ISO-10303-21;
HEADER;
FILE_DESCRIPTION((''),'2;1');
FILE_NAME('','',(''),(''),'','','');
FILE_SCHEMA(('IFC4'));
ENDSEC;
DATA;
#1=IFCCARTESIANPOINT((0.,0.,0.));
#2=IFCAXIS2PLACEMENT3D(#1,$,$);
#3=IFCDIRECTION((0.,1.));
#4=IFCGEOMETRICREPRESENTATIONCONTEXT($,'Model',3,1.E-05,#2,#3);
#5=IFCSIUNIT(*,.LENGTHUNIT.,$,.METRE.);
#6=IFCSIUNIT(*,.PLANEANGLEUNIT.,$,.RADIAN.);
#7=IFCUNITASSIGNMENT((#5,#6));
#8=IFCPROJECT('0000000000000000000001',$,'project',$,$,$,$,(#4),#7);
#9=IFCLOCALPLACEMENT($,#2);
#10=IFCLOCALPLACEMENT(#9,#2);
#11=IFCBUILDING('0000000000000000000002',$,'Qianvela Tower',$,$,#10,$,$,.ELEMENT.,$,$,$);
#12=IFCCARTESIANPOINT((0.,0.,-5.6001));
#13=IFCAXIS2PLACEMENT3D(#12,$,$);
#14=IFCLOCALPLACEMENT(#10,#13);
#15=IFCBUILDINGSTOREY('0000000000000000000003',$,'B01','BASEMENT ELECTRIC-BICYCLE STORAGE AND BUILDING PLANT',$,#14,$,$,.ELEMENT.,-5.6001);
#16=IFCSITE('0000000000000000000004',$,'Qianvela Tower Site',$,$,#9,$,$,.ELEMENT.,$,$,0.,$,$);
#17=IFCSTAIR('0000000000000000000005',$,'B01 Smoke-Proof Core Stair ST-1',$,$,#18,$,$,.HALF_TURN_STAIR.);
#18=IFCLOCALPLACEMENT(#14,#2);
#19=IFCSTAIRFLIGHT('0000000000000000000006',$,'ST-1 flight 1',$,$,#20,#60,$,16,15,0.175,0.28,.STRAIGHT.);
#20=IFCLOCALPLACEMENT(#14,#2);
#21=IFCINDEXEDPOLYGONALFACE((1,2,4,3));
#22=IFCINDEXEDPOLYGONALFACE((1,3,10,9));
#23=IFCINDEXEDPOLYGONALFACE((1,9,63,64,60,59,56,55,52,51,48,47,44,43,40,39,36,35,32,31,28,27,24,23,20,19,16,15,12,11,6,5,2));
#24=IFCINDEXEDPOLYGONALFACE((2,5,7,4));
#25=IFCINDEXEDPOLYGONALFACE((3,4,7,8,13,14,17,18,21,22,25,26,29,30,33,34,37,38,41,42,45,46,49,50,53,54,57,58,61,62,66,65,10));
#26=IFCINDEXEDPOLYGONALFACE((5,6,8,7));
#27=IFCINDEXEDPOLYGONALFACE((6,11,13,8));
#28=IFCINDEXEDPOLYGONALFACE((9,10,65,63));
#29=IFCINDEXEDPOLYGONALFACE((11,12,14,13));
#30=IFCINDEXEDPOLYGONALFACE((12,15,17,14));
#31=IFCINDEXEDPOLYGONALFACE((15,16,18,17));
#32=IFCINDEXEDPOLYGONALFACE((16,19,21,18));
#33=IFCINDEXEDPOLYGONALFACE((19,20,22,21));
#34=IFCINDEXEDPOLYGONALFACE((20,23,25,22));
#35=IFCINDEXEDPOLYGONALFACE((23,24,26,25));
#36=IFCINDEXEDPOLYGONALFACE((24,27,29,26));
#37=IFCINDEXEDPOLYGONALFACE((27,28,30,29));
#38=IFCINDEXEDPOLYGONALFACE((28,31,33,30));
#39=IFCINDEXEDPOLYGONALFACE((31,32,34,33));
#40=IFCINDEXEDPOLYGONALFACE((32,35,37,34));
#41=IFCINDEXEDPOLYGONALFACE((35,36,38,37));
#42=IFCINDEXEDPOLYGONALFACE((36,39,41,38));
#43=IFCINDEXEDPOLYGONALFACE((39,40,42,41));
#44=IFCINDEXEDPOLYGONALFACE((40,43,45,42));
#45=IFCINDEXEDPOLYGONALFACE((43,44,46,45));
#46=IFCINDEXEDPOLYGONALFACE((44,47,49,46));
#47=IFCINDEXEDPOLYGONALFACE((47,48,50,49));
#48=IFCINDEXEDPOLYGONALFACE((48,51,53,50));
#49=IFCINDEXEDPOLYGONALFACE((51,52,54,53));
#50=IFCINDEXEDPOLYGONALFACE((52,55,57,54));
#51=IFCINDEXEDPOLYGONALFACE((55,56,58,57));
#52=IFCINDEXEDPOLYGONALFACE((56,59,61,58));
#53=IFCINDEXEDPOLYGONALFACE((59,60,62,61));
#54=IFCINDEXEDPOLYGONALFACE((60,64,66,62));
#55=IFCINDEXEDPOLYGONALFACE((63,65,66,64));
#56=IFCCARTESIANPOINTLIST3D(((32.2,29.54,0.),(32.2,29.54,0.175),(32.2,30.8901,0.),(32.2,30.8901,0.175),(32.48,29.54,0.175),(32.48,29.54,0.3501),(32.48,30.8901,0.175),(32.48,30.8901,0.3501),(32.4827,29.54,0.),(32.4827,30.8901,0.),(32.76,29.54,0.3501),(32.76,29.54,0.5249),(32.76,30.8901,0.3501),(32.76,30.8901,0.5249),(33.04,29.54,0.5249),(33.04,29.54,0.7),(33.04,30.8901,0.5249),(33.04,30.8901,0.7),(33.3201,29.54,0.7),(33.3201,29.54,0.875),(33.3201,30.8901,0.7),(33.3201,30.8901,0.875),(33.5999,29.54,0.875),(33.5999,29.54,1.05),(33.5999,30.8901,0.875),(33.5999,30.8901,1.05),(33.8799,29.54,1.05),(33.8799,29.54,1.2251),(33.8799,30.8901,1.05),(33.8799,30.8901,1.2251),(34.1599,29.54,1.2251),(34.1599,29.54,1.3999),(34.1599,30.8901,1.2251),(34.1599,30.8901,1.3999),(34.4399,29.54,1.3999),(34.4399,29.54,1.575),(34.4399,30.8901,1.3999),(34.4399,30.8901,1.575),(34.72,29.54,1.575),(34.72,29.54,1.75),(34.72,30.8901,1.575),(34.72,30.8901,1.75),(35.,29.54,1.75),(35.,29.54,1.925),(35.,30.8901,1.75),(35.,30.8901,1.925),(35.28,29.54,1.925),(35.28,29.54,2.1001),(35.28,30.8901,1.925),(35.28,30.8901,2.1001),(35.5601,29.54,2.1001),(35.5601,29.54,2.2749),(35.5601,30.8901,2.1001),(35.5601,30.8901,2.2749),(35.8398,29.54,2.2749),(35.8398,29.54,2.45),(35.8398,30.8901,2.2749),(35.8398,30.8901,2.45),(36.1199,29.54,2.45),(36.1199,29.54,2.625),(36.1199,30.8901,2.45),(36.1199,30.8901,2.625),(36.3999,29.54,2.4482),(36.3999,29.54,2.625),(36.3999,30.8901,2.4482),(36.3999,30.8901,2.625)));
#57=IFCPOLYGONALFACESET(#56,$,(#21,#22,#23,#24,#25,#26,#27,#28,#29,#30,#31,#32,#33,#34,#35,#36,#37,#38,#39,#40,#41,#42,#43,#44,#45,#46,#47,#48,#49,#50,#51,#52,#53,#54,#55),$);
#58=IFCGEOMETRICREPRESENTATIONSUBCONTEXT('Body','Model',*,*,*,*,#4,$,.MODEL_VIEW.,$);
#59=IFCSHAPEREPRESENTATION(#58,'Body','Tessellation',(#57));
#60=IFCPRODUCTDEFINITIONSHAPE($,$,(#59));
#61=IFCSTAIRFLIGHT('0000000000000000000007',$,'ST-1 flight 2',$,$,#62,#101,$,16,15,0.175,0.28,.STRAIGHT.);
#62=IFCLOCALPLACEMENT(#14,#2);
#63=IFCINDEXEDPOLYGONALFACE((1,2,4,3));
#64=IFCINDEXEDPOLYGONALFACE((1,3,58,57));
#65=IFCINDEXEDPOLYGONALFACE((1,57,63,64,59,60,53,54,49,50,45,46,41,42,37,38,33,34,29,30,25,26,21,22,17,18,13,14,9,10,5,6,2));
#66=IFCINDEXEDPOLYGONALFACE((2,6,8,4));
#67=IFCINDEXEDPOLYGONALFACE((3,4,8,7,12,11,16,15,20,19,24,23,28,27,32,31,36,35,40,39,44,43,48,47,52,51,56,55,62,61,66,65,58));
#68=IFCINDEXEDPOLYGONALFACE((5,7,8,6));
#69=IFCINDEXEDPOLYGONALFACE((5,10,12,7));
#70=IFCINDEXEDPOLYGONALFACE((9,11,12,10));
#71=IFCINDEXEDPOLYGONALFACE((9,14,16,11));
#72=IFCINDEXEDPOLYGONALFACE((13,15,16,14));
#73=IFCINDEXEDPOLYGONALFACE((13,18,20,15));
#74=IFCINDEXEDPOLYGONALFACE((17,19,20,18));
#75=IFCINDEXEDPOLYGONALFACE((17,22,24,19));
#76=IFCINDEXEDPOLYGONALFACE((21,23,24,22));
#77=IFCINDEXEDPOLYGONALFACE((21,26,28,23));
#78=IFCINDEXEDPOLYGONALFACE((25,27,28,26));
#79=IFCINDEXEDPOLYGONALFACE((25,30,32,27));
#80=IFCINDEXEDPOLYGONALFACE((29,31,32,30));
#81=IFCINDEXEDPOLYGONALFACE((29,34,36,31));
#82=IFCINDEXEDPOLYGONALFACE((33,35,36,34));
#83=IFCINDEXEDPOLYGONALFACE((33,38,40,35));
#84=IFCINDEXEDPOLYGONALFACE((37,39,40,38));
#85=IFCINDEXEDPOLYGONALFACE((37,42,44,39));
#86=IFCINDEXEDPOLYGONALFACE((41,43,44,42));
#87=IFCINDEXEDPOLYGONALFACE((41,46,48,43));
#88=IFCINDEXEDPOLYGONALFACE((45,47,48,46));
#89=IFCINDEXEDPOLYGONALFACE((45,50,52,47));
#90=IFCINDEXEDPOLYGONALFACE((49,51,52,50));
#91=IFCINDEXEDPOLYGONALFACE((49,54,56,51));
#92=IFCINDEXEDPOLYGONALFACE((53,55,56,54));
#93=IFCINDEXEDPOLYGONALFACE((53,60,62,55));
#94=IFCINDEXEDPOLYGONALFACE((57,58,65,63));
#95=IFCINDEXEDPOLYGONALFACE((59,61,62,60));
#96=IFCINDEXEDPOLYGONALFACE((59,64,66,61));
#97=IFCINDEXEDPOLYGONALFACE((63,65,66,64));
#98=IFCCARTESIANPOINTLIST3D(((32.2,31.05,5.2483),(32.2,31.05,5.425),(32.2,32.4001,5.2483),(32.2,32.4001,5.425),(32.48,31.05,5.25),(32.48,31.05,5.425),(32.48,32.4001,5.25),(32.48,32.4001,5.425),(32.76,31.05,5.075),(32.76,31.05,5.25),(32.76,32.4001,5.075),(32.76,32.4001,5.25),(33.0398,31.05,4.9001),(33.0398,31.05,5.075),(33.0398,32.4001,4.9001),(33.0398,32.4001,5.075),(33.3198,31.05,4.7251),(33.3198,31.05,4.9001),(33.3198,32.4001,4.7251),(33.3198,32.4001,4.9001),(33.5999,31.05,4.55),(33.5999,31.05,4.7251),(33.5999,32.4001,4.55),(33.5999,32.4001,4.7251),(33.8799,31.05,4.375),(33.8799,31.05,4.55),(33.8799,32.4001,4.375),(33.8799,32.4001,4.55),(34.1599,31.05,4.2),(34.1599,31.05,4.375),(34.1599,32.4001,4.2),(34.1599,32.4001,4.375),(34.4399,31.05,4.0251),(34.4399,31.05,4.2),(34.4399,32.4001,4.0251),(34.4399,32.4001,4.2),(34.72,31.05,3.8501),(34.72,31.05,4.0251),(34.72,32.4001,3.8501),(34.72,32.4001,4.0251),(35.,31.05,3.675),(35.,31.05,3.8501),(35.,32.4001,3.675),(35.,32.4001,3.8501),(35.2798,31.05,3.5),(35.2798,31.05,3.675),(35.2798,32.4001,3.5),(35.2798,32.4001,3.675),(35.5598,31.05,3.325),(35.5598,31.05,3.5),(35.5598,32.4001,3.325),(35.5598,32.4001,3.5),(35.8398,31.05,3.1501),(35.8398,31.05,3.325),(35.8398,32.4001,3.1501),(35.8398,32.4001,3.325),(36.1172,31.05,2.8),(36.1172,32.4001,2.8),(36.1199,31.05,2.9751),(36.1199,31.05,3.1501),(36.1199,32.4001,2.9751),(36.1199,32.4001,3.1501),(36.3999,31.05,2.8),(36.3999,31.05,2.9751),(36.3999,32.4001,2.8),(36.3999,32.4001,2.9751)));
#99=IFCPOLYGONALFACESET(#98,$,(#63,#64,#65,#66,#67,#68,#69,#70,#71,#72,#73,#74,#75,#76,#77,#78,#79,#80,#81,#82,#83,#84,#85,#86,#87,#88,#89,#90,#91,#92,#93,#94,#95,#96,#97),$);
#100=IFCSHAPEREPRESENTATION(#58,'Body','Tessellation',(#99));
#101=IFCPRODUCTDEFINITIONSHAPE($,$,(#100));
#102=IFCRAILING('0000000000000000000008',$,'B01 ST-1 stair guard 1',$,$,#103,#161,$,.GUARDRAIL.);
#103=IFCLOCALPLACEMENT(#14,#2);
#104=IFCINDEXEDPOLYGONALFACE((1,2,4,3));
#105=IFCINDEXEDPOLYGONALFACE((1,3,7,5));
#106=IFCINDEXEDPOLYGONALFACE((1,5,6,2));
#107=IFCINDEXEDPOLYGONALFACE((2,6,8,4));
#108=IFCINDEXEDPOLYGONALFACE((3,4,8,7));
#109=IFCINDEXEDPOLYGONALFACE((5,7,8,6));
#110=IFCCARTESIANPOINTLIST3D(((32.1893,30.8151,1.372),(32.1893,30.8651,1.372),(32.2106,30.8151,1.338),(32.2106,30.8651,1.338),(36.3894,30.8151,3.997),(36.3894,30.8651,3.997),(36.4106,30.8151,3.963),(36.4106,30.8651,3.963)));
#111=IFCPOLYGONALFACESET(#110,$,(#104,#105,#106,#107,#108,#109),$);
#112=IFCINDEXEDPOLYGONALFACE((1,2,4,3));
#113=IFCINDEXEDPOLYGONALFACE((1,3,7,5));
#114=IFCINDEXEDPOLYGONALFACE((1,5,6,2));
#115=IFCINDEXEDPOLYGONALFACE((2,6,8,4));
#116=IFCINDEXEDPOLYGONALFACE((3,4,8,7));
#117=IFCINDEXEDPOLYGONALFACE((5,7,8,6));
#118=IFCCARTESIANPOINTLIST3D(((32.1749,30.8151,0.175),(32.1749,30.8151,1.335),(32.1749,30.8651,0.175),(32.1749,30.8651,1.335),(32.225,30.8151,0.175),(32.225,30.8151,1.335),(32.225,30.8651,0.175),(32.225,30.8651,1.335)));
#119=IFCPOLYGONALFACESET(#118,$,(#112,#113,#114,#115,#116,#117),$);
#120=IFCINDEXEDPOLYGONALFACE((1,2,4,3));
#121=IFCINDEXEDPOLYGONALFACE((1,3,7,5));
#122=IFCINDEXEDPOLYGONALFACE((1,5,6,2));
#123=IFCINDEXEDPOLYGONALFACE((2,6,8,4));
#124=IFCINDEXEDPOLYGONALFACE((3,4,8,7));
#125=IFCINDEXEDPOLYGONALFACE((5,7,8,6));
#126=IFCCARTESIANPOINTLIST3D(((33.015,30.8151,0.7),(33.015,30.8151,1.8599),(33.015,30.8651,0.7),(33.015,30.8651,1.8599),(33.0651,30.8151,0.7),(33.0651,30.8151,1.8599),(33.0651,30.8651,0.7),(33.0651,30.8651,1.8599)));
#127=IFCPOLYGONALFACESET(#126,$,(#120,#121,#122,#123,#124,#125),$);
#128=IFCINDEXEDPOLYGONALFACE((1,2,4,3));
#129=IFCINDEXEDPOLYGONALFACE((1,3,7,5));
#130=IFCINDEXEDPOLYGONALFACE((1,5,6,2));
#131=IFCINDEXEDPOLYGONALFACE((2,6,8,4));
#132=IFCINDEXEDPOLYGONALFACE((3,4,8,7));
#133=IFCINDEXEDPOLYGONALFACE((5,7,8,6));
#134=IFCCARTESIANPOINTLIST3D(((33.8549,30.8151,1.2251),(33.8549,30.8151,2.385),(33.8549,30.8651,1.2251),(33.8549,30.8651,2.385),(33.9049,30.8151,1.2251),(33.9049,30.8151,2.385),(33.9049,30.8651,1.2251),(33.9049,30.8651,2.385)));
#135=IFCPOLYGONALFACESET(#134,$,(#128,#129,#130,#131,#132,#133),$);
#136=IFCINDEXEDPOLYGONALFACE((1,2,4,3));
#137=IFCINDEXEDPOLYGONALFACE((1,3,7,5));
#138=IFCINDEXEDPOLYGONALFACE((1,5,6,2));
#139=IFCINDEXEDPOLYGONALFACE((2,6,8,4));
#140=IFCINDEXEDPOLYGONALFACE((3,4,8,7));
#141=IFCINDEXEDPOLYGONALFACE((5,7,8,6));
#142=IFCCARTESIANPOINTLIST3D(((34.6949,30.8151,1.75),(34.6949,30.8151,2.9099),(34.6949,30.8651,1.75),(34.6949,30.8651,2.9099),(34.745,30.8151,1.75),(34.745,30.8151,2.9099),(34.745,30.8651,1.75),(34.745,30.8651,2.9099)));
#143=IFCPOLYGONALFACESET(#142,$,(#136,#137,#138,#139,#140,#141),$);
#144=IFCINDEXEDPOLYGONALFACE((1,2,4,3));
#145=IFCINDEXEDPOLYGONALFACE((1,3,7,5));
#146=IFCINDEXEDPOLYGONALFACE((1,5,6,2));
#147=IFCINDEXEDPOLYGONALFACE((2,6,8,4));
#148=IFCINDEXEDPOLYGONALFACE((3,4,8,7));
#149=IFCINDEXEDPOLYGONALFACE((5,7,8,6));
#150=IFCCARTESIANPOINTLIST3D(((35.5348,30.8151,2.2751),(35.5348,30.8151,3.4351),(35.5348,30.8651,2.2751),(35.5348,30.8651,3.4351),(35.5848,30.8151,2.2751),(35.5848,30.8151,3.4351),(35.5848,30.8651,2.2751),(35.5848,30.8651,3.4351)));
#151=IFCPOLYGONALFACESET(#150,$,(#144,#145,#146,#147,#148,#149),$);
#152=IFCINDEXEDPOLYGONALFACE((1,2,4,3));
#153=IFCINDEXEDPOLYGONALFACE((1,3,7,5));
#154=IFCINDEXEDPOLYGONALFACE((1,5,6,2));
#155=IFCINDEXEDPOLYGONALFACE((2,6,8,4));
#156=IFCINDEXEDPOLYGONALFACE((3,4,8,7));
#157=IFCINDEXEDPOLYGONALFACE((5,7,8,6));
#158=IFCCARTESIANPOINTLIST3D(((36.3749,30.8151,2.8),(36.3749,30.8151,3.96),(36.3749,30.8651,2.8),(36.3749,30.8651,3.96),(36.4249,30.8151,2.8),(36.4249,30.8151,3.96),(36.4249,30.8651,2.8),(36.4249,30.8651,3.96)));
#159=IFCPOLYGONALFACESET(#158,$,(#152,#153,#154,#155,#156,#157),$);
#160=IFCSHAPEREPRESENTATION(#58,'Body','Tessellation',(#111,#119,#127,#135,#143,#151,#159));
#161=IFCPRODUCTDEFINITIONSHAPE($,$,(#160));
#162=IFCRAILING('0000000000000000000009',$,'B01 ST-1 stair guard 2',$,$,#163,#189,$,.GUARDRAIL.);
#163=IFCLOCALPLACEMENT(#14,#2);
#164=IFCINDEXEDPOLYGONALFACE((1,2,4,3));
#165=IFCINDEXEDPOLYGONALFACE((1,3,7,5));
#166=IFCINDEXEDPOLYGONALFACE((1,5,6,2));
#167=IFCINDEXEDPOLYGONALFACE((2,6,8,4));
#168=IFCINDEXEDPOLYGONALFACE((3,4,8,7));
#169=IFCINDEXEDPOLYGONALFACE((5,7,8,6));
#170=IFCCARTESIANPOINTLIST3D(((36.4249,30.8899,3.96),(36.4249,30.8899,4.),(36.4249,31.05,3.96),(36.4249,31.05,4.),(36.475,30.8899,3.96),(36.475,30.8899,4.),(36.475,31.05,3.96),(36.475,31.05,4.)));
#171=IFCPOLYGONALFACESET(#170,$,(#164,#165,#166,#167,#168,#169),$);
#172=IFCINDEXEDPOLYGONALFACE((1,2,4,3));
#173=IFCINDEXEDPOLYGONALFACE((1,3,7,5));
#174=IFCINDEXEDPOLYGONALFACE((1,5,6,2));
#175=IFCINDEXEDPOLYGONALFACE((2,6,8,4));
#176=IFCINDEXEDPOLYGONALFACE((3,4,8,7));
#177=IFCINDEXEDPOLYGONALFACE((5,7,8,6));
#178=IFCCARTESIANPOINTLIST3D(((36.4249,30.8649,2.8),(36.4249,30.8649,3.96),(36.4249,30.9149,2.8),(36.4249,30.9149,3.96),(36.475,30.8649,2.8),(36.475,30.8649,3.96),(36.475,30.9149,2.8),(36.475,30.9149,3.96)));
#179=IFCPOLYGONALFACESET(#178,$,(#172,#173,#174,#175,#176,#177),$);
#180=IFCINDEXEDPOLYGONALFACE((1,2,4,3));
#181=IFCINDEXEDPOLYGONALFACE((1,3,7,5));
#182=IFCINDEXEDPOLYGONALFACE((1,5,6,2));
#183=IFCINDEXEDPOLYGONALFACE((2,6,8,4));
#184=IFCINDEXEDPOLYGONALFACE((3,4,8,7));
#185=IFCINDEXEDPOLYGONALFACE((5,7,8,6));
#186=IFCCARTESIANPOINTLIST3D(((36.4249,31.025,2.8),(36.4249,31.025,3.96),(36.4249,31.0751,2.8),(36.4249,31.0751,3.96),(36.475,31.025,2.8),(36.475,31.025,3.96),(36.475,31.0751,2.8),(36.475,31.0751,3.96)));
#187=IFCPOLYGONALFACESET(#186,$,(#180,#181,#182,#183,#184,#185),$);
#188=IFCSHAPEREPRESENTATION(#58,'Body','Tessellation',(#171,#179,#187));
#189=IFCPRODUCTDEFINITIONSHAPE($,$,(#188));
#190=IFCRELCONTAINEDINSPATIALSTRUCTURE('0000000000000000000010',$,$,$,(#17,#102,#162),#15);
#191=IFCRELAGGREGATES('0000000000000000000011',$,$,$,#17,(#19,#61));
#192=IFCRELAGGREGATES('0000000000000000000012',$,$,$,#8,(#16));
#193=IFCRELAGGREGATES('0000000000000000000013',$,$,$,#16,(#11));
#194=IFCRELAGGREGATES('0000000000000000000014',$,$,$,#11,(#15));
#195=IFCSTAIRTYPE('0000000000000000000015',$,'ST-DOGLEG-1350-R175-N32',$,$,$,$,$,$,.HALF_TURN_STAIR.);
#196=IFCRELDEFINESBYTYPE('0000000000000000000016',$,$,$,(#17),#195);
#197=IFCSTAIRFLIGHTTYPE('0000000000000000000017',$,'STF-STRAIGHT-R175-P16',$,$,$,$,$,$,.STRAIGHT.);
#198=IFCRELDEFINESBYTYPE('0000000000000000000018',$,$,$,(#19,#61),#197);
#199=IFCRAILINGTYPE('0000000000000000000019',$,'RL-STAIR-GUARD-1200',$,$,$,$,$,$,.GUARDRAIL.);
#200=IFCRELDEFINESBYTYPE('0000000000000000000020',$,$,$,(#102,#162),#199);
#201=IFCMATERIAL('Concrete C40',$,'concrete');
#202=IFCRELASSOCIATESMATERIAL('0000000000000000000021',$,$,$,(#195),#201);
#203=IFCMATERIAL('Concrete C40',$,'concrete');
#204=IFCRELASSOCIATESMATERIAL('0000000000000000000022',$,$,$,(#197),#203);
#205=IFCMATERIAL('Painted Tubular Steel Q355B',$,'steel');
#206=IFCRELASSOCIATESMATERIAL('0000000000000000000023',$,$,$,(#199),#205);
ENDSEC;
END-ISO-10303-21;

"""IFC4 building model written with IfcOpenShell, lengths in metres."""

from ifc_helpers import new_model, si_unit, direction, frame, origin, origin_2d, place, context, subcontext, project, spatial, polyline, rectangle, outline, extrude, material, type_object, element, aggregate, save


model = new_model("IFC4")

# Units and contexts
model_context = context("Model", 3, precision=1e-05, world=origin(), true_north=direction((0.0, 1.0)))
body_context = subcontext(model_context, "Body", "Model", "MODEL_VIEW")
ifc_project = project(units=[si_unit("LENGTHUNIT", "METRE"), si_unit("PLANEANGLEUNIT", "RADIAN")], contexts=[model_context])

# Site, building, storey
site_placement = place(None, origin())
site = spatial("IfcSite", under=ifc_project, at=site_placement, Name="Qianvela Tower Site", CompositionType="ELEMENT", RefElevation=0.0)
building_placement = place(site_placement, origin())
building = spatial("IfcBuilding", under=site, at=building_placement, Name="Qianvela Tower", CompositionType="ELEMENT")
storey_placement = place(building_placement, frame((0.0, 0.0, -5.6001)))
storey = spatial("IfcBuildingStorey", under=building, at=storey_placement, Name="B01", Description="BASEMENT ELECTRIC-BICYCLE STORAGE AND BUILDING PLANT", CompositionType="ELEMENT", Elevation=-5.6001)

# Stair, stair flights
ifc_material_1 = material(Name="Concrete C40", Category="concrete")
stair_type = type_object("IfcStairType", Name="ST-DOGLEG-1350-R175-N32", PredefinedType="HALF_TURN_STAIR", material=ifc_material_1)
stair_placement = place(storey_placement, origin())
stair = element("IfcStair", 1, at=stair_placement, inside=storey, type_object=stair_type, Name="B01 Smoke-Proof Core Stair ST-1", PredefinedType="HALF_TURN_STAIR")
ifc_material_2 = material(Name="Concrete C40", Category="concrete")
stair_flight_type = type_object("IfcStairFlightType", Name="STF-STRAIGHT-R175-P16", PredefinedType="STRAIGHT", material=ifc_material_2)
stair_flight_1_placement = place(storey_placement, frame((32.2, 30.2151, 0.0), z_axis=(0.0, 0.0, 1.0), x_axis=(1.0, 0.0, 0.0)))
stair_flight_1 = element("IfcStairFlight", 2, at=stair_flight_1_placement, type_object=stair_flight_type, Name="ST-1 flight 1", NumberOfRisers=16, NumberOfTreads=15, PredefinedType="STRAIGHT", RiserHeight=0.175, TreadLength=0.28, context=body_context, shape_type="SweptSolid", body=[
    extrude(outline(polyline([(0.0, 0.0), (0.0, 0.175), (0.28, 0.175), (0.28, 0.3501), (0.5601, 0.3501), (0.5601, 0.5249), (0.8401, 0.5249), (0.8401, 0.7), (1.1201, 0.7), (1.1201, 0.875), (1.3999, 0.875), (1.3999, 1.05), (1.6799, 1.05), (1.6799, 1.2251), (1.96, 1.2251), (1.96, 1.3999), (2.24, 1.3999), (2.24, 1.575), (2.52, 1.575), (2.52, 1.75), (2.8, 1.75), (2.8, 1.925), (3.0801, 1.925), (3.0801, 2.1001), (3.3601, 2.1001), (3.3601, 2.2749), (3.6399, 2.2749), (3.6399, 2.45), (3.9199, 2.45), (3.9199, 2.625), (4.2, 2.625), (4.2, 2.8), (4.2, 2.4482), (0.2827, 0.0), (0.0, 0.0)])), frame((0.0, 0.675, 0.0), z_axis=(0.0, -1.0, 0.0), x_axis=(1.0, 0.0, 0.0)), (0.0, 0.0, 1.0), 1.3501),
])
stair_flight_2_placement = place(storey_placement, frame((36.3999, 31.7251, 2.8), z_axis=(0.0, 0.0, 1.0), x_axis=(-1.0, 0.0, 0.0)))
stair_flight_2 = element("IfcStairFlight", 3, at=stair_flight_2_placement, type_object=stair_flight_type, Name="ST-1 flight 2", NumberOfRisers=16, NumberOfTreads=15, PredefinedType="STRAIGHT", RiserHeight=0.175, TreadLength=0.28, context=body_context, shape_type="SweptSolid", body=[
    extrude(outline(polyline([(0.0, 0.0), (0.0, 0.175), (0.28, 0.175), (0.28, 0.3501), (0.5601, 0.3501), (0.5601, 0.5249), (0.8401, 0.5249), (0.8401, 0.7), (1.1201, 0.7), (1.1201, 0.875), (1.3999, 0.875), (1.3999, 1.05), (1.6799, 1.05), (1.6799, 1.2251), (1.96, 1.2251), (1.96, 1.3999), (2.24, 1.3999), (2.24, 1.575), (2.52, 1.575), (2.52, 1.75), (2.8, 1.75), (2.8, 1.925), (3.0801, 1.925), (3.0801, 2.1001), (3.3601, 2.1001), (3.3601, 2.2749), (3.6399, 2.2749), (3.6399, 2.45), (3.9199, 2.45), (3.9199, 2.625), (4.2, 2.625), (4.2, 2.8), (4.2, 2.4482), (0.2827, 0.0), (0.0, 0.0)])), frame((0.0, 0.675, 0.0), z_axis=(0.0, -1.0, 0.0), x_axis=(1.0, 0.0, 0.0)), (0.0, 0.0, 1.0), 1.3501),
])
aggregate(stair, [stair_flight_1, stair_flight_2])

# Railings
ifc_material_3 = material(Name="Painted Tubular Steel Q355B", Category="steel")
railing_type_1 = type_object("IfcRailingType", Name="RL-STAIR-GUARD-1200", PredefinedType="GUARDRAIL", material=ifc_material_3)
railing_1_placement = place(storey_placement, frame((32.2, 30.8401, 0.175)))
element("IfcRailing", 4, at=railing_1_placement, inside=storey, type_object=railing_type_1, Name="B01 ST-1 stair guard 1", PredefinedType="GUARDRAIL", context=body_context, shape_type="SweptSolid", body=[
    extrude(rectangle(XDim=0.05, YDim=0.04, at=origin_2d()), frame((0.0, 0.0, 1.1799), z_axis=(0.847996, 0.0, 0.530003), x_axis=(0.0, 1.0, 0.0)), (0.0, 0.0, 1.0), 4.9529),
    extrude(rectangle(XDim=0.05, YDim=0.05, at=origin_2d()), origin(), (0.0, 0.0, 1.0), 1.1599),
    extrude(rectangle(XDim=0.05, YDim=0.05, at=origin_2d()), frame((0.8401, 0.0, 0.5249)), (0.0, 0.0, 1.0), 1.1599),
    extrude(rectangle(XDim=0.05, YDim=0.05, at=origin_2d()), frame((1.6799, 0.0, 1.05)), (0.0, 0.0, 1.0), 1.1599),
    extrude(rectangle(XDim=0.05, YDim=0.05, at=origin_2d()), frame((2.52, 0.0, 1.575)), (0.0, 0.0, 1.0), 1.1599),
    extrude(rectangle(XDim=0.05, YDim=0.05, at=origin_2d()), frame((3.3599, 0.0, 2.1001)), (0.0, 0.0, 1.0), 1.1599),
    extrude(rectangle(XDim=0.05, YDim=0.05, at=origin_2d()), frame((4.2, 0.0, 2.625)), (0.0, 0.0, 1.0), 1.1599),
])
railing_2_placement = place(storey_placement, frame((36.45, 30.8899, 2.8)))
element("IfcRailing", 5, at=railing_2_placement, inside=storey, type_object=railing_type_1, Name="B01 ST-1 stair guard 2", PredefinedType="GUARDRAIL", context=body_context, shape_type="SweptSolid", body=[
    extrude(rectangle(XDim=0.05, YDim=0.04, at=origin_2d()), frame((0.0, 0.0, 1.1799), z_axis=(0.0, 1.0, 0.0), x_axis=(-1.0, 0.0, 0.0)), (0.0, 0.0, 1.0), 0.1602),
    extrude(rectangle(XDim=0.05, YDim=0.05, at=origin_2d()), origin(), (0.0, 0.0, 1.0), 1.1599),
    extrude(rectangle(XDim=0.05, YDim=0.05, at=origin_2d()), frame((0.0, 0.1602, 0.0)), (0.0, 0.0, 1.0), 1.1599),
])

save(model, "model.ifc")
